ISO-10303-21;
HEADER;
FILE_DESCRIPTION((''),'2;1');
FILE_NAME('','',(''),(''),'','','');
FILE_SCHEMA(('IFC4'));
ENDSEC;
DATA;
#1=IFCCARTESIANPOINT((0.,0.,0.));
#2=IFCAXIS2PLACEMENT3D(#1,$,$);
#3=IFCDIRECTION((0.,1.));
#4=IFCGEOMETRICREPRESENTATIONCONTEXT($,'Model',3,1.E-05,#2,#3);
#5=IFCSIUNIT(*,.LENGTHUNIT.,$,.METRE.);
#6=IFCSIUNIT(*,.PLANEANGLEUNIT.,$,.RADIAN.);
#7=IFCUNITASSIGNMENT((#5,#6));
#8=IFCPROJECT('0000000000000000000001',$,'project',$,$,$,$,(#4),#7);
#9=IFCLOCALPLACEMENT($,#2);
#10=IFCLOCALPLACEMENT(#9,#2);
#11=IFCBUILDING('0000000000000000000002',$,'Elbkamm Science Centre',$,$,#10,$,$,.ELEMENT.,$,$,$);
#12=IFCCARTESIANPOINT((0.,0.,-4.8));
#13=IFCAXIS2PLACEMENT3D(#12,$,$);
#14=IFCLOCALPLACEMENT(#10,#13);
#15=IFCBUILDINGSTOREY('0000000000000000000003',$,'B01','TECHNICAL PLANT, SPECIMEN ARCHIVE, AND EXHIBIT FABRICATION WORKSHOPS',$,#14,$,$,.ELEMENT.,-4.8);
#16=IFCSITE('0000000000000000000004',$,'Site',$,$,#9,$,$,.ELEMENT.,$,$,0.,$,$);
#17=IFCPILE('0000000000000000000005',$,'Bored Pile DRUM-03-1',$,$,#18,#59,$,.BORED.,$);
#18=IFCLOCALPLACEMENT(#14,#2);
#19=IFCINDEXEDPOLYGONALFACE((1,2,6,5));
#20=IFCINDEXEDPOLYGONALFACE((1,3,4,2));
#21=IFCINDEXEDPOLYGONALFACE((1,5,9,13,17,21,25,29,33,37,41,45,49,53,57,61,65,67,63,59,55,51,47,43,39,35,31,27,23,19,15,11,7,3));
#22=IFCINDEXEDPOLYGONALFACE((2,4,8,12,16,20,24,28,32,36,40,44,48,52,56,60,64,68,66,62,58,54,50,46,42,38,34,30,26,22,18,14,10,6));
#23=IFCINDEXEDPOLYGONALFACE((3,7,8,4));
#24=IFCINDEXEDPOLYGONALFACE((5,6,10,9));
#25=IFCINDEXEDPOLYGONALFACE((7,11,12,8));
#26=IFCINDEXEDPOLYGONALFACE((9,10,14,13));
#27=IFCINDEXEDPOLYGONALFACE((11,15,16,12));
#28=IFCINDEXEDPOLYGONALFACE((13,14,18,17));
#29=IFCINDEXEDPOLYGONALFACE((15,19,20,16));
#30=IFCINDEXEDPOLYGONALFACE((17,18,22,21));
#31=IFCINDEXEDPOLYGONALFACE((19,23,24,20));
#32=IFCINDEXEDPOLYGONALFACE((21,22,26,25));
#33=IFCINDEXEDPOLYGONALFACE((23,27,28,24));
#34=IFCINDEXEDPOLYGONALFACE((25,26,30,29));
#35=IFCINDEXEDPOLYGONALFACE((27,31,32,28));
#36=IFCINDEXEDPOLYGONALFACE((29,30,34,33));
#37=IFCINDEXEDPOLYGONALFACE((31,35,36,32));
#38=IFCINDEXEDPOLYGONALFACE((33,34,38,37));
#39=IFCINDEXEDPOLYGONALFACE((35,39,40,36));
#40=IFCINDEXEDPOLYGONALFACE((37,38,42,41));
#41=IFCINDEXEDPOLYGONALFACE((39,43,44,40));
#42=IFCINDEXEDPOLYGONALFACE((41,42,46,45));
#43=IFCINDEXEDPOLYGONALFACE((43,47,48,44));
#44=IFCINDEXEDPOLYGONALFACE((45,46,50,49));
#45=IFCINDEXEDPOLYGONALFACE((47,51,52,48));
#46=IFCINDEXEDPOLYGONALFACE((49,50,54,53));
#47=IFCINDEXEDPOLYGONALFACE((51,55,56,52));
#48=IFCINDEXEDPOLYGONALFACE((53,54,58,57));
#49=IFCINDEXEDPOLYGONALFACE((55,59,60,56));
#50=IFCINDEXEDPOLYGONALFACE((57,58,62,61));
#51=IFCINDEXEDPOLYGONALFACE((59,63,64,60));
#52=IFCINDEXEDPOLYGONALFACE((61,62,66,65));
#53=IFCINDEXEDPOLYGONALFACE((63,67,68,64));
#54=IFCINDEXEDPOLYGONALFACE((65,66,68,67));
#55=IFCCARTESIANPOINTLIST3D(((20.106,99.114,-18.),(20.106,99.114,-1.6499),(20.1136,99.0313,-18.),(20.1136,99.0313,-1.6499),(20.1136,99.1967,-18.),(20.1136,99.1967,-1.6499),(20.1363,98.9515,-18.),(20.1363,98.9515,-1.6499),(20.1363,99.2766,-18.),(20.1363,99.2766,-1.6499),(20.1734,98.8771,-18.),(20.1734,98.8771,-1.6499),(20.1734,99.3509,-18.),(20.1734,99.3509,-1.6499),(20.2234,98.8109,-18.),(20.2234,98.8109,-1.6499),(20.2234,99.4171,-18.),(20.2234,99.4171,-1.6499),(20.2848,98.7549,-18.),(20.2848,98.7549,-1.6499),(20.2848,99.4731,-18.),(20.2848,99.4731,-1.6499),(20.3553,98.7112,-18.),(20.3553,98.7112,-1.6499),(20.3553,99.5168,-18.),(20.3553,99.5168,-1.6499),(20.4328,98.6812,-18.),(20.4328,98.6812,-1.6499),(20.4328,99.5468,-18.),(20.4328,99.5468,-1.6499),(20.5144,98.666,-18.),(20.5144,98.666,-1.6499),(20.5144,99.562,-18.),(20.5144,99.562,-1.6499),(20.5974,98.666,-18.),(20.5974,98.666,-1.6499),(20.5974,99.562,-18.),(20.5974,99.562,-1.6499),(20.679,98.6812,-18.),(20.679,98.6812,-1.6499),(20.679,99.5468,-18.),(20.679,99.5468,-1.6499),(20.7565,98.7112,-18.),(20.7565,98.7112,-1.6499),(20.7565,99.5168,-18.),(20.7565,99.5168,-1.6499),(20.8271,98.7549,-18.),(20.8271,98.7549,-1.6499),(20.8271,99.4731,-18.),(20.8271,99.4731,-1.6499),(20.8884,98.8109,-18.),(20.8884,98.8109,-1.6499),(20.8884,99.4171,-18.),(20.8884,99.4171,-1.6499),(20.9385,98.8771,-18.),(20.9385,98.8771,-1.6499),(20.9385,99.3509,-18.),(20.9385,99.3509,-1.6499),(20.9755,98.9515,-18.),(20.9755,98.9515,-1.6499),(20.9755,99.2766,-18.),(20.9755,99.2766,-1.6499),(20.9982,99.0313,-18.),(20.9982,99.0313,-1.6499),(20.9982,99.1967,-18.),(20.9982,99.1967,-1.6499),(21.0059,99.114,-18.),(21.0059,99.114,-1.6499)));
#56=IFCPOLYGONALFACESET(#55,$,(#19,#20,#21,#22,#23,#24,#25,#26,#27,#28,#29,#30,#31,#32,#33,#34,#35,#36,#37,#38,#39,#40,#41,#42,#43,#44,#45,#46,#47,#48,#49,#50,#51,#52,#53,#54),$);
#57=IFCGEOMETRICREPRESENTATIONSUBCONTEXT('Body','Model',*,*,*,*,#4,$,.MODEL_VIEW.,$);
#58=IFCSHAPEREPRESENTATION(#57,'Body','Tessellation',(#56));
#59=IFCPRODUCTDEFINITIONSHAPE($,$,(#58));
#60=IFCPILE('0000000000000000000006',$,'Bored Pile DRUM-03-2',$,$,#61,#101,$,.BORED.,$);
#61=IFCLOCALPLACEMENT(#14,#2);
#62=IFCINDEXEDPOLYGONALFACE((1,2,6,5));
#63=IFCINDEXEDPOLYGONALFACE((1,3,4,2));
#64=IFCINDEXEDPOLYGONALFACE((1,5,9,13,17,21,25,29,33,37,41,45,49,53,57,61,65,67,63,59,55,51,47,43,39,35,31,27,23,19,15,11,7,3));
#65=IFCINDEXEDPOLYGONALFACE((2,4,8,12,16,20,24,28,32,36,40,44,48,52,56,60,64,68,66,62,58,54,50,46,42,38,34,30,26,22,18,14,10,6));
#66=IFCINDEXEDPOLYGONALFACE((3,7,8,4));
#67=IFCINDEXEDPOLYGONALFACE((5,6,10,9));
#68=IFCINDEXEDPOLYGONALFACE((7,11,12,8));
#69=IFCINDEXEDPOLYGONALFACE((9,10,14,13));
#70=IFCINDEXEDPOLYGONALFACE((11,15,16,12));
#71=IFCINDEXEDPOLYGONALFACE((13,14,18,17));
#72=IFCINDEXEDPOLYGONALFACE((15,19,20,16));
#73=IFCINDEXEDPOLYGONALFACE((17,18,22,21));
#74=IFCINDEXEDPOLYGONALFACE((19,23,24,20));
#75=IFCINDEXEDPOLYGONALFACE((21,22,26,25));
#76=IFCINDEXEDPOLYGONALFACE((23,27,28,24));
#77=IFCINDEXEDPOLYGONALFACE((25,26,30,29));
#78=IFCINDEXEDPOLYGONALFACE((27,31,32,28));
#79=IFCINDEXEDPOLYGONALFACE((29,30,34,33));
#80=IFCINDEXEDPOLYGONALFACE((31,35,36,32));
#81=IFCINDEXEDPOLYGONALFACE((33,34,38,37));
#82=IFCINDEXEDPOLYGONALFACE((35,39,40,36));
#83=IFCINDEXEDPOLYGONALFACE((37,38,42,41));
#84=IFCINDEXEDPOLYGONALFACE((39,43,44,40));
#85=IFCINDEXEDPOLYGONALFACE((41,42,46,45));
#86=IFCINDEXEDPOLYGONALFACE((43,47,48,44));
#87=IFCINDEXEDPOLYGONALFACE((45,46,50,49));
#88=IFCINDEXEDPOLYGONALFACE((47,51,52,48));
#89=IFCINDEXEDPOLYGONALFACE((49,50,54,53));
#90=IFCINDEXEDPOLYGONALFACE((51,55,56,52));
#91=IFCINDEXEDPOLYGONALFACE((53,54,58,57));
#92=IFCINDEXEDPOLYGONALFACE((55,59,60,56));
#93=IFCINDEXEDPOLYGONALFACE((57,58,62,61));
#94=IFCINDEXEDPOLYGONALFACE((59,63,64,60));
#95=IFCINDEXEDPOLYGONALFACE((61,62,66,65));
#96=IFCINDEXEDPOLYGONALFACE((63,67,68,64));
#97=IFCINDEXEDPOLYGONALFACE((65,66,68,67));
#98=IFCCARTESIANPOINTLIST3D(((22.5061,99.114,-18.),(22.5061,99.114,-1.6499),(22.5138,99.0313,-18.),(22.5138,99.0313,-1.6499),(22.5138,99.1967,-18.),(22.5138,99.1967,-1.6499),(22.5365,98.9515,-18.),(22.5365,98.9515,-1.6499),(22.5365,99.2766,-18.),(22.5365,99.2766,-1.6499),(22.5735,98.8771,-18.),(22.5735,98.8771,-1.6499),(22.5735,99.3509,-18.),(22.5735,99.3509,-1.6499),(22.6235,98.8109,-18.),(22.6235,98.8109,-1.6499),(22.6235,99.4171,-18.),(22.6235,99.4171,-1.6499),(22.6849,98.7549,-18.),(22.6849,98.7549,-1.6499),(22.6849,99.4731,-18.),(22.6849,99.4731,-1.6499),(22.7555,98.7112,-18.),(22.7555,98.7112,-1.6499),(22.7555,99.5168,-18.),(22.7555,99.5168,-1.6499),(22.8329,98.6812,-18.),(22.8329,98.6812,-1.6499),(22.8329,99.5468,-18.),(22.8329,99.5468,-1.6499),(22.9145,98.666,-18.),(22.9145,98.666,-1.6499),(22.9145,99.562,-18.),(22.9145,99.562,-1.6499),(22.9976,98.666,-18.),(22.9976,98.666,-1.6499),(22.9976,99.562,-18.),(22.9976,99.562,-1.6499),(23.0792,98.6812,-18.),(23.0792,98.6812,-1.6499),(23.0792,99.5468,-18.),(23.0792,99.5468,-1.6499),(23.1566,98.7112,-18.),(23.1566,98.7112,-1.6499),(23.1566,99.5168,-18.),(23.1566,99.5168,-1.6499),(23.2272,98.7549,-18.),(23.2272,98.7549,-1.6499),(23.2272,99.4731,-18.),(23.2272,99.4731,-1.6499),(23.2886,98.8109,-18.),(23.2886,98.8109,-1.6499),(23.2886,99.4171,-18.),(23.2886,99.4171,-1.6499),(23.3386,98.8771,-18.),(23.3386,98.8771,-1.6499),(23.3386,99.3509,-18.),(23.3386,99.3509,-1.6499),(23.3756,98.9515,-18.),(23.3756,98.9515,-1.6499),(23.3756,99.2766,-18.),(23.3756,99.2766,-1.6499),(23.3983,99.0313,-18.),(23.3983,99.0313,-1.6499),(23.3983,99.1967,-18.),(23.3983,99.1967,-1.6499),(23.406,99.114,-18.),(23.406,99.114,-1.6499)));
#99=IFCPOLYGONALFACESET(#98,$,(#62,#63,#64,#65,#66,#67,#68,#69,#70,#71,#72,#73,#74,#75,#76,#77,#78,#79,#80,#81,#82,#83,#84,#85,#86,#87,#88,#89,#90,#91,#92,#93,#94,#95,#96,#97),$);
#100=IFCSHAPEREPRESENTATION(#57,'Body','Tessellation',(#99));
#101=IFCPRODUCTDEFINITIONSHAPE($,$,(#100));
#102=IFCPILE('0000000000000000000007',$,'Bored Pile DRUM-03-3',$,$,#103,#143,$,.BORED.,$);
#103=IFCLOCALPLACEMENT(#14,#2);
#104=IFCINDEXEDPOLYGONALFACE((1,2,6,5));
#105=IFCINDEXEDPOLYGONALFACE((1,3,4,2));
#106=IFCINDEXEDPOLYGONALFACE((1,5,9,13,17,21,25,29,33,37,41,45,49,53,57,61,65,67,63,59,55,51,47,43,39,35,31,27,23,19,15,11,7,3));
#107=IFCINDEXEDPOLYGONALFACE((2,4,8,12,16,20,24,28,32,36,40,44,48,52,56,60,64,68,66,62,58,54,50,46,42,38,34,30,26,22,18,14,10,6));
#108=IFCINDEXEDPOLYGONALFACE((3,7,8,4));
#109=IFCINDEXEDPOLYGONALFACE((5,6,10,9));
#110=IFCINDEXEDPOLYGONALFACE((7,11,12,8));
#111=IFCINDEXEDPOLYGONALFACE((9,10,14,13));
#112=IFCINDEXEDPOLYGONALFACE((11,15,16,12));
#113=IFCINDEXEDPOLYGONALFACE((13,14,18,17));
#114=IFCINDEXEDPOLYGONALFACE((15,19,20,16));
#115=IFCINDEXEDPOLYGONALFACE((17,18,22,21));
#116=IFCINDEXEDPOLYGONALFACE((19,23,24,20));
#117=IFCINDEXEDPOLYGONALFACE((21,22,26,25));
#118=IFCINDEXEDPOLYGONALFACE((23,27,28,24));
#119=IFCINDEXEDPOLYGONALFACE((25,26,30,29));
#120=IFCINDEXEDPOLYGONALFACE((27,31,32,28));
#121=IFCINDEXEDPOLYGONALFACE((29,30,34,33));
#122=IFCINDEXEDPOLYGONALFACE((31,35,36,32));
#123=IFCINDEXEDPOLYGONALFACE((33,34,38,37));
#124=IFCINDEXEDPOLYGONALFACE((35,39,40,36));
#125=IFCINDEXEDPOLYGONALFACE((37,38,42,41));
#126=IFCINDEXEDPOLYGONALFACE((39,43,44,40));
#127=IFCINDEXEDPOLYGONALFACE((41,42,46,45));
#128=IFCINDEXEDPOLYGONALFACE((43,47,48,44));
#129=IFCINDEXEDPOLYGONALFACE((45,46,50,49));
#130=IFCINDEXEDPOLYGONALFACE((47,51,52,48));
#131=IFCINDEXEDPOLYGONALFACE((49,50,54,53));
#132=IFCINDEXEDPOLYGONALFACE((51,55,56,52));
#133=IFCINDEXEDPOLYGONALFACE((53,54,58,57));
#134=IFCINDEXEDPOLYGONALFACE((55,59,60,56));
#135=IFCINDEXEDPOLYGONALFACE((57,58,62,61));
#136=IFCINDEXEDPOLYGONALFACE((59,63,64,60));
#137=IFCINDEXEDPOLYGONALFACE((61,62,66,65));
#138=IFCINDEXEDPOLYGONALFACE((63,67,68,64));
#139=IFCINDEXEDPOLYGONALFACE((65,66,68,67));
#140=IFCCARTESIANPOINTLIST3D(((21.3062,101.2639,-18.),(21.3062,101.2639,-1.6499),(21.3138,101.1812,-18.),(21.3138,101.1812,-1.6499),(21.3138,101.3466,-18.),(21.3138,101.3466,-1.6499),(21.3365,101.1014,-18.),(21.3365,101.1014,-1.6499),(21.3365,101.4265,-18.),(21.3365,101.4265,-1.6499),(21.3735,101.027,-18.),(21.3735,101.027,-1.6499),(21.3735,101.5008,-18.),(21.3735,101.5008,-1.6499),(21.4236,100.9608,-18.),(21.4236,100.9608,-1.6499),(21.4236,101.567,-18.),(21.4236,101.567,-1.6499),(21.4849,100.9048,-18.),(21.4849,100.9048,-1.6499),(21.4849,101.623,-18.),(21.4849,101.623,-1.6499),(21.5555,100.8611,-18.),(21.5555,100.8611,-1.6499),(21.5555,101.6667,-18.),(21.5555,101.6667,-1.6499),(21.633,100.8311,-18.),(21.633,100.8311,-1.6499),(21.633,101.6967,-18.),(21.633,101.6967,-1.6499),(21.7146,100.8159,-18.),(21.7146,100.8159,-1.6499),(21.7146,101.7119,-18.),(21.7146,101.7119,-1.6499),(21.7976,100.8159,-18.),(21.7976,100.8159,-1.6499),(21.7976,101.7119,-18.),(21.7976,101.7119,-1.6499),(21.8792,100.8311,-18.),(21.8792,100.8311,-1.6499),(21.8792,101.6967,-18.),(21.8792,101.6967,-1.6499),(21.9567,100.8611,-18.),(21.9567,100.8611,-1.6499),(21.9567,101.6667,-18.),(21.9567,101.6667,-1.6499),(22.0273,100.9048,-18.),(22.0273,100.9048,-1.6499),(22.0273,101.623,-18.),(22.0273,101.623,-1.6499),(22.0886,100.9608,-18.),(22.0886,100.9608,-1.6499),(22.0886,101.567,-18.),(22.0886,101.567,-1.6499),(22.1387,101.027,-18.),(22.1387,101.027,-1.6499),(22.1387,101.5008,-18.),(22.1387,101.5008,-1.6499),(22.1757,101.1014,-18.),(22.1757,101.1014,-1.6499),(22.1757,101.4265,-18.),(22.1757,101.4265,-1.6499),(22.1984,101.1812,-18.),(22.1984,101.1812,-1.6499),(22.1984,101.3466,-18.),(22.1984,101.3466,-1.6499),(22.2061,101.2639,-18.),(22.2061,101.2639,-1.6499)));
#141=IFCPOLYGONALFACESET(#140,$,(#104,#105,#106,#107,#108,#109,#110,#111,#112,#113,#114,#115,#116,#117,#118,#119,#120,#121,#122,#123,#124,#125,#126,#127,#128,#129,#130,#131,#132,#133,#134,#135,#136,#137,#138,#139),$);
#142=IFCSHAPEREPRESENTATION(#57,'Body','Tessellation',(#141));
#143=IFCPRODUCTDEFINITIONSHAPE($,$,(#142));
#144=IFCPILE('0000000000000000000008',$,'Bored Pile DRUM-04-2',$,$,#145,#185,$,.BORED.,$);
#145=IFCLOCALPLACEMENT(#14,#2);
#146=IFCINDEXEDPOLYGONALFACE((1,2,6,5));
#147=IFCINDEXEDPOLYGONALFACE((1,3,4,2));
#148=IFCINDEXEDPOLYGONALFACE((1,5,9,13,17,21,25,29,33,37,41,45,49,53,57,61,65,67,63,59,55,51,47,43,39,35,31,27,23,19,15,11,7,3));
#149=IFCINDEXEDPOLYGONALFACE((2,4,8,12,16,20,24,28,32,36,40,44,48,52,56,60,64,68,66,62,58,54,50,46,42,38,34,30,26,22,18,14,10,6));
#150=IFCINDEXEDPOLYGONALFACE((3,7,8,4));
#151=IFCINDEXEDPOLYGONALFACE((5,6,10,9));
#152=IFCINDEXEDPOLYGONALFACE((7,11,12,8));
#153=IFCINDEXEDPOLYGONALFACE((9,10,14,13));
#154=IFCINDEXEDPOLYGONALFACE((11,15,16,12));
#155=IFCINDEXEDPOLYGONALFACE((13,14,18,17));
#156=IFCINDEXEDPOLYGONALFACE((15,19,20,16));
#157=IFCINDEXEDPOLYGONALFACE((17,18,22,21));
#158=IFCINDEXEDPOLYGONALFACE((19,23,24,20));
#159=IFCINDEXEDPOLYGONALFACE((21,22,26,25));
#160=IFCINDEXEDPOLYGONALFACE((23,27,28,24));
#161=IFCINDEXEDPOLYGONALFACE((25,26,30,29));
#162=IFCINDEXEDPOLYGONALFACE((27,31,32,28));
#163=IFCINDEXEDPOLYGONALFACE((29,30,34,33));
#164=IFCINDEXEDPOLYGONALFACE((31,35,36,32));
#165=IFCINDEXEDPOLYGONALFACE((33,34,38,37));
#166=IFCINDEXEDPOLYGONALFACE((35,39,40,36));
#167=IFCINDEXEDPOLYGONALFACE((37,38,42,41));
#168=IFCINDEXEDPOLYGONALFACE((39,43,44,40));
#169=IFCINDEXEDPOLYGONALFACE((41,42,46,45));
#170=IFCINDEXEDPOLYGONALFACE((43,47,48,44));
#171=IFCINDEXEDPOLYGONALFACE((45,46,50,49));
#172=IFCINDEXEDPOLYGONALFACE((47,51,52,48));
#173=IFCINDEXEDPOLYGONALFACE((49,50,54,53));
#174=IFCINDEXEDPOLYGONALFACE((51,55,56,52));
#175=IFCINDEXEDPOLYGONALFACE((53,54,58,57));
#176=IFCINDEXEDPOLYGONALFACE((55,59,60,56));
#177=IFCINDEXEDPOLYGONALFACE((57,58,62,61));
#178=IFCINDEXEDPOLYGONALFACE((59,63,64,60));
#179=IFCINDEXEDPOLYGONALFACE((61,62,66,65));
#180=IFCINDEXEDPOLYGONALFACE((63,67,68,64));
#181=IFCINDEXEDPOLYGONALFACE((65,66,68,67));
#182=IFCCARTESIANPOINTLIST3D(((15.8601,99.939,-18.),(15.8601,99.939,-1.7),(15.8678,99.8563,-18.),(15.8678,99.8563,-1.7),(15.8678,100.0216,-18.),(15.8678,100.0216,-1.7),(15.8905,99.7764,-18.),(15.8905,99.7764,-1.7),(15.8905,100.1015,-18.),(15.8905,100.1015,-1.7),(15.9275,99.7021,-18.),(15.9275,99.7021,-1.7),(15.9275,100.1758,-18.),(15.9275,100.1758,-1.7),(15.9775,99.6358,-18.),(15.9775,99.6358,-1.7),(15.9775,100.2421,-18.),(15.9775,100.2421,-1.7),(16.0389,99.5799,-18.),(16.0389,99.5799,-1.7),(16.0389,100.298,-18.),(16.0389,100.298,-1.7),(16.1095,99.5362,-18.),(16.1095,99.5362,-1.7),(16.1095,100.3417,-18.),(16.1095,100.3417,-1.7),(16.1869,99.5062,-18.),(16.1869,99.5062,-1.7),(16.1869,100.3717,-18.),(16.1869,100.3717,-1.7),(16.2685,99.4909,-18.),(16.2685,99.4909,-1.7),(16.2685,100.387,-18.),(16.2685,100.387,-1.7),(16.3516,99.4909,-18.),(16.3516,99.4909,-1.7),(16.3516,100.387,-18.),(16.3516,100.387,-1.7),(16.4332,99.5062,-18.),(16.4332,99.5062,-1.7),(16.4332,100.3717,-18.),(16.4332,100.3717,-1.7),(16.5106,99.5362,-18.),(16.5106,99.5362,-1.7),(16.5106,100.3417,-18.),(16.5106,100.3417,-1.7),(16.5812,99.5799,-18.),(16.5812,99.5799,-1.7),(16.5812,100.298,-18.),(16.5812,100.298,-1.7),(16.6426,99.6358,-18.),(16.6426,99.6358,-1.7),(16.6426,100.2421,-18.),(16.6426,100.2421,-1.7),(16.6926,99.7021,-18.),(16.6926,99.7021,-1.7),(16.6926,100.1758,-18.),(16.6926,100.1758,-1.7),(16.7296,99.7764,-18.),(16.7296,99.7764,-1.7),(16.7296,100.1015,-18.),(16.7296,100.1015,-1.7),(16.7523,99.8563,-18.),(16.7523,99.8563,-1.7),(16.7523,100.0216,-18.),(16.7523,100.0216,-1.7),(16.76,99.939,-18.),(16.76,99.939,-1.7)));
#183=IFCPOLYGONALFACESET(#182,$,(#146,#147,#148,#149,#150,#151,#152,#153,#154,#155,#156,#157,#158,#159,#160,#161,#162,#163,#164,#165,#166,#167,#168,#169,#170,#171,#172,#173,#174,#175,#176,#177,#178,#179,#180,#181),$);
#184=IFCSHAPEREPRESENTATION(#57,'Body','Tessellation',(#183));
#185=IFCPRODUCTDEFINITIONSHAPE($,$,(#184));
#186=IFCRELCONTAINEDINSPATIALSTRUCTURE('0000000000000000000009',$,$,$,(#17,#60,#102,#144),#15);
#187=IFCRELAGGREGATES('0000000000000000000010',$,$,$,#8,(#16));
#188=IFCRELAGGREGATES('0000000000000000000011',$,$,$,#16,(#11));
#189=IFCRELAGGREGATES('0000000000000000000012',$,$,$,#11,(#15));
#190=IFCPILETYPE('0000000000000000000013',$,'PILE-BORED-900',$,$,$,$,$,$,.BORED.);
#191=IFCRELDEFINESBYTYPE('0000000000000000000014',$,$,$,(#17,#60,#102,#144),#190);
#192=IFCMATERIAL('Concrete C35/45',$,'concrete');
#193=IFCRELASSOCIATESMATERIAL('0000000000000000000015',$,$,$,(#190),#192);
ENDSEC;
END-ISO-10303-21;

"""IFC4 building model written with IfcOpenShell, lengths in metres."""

from ifc_helpers import new_model, si_unit, direction, frame, origin, origin_2d, place, context, subcontext, project, spatial, circle, extrude, material, material_profile, profile_set, type_object, element, save


model = new_model("IFC4")

# Units and contexts
model_context = context("Model", 3, precision=1e-05, world=origin(), true_north=direction((0.0, 1.0)))
body_context = subcontext(model_context, "Body", "Model", "MODEL_VIEW")
ifc_project = project(units=[si_unit("LENGTHUNIT", "METRE"), si_unit("PLANEANGLEUNIT", "RADIAN")], contexts=[model_context])

# Site, building, storey
site_placement = place(None, origin())
site = spatial("IfcSite", under=ifc_project, at=site_placement, Name="Site", CompositionType="ELEMENT", RefElevation=0.0)
building_placement = place(site_placement, origin())
building = spatial("IfcBuilding", under=site, at=building_placement, Name="Elbkamm Science Centre", CompositionType="ELEMENT")
storey_placement = place(building_placement, frame((0.0, 0.0, -4.8)))
storey = spatial("IfcBuildingStorey", under=building, at=storey_placement, Name="B01", Description="TECHNICAL PLANT, SPECIMEN ARCHIVE, AND EXHIBIT FABRICATION WORKSHOPS", CompositionType="ELEMENT", Elevation=-4.8)

# Shared definitions
ifc_material_1 = material(Name="Concrete C35/45", Category="concrete")

# Piles
ifc_material_profile_1 = material_profile(ifc_material_1, circle(Radius=0.45, at=origin_2d()), Name="PILE D900")
ifc_profile_set_1 = profile_set([ifc_material_profile_1], Name="Concrete C35/45")
pile_type = type_object("IfcPileType", Name="PILE-BORED-900", PredefinedType="BORED", material=ifc_profile_set_1)
for number, where, z_axis, x_axis, name in (
    (1, (20.5559, 99.114, -1.6499), (0.0, 0.0, -1.0), (1.0, 0.0, 0.0), "Bored Pile DRUM-03-1"),
    (2, (22.9561, 99.114, -1.6499), (0.0, 0.0, -1.0), (1.0, 0.0, 0.0), "Bored Pile DRUM-03-2"),
    (3, (21.7561, 101.2639, -1.6499), (0.0, 0.0, -1.0), (1.0, 0.0, 0.0), "Bored Pile DRUM-03-3"),
):
    element("IfcPile", number, at=place(storey_placement, frame(where, z_axis=z_axis, x_axis=x_axis)), inside=storey, type_object=pile_type, Name=name, PredefinedType="BORED", context=body_context, shape_type="SweptSolid", body=[
        extrude(circle(Radius=0.45, at=origin_2d()), origin(), (0.0, 0.0, 1.0), 16.3501),
    ])
pile_placement = place(storey_placement, frame((16.3101, 99.939, -1.7), z_axis=(0.0, 0.0, -1.0), x_axis=(1.0, 0.0, 0.0)))
element("IfcPile", 4, at=pile_placement, inside=storey, type_object=pile_type, Name="Bored Pile DRUM-04-2", PredefinedType="BORED", context=body_context, shape_type="SweptSolid", body=[
    extrude(circle(Radius=0.45, at=origin_2d()), origin(), (0.0, 0.0, 1.0), 16.3),
])

save(model, "model.ifc")
